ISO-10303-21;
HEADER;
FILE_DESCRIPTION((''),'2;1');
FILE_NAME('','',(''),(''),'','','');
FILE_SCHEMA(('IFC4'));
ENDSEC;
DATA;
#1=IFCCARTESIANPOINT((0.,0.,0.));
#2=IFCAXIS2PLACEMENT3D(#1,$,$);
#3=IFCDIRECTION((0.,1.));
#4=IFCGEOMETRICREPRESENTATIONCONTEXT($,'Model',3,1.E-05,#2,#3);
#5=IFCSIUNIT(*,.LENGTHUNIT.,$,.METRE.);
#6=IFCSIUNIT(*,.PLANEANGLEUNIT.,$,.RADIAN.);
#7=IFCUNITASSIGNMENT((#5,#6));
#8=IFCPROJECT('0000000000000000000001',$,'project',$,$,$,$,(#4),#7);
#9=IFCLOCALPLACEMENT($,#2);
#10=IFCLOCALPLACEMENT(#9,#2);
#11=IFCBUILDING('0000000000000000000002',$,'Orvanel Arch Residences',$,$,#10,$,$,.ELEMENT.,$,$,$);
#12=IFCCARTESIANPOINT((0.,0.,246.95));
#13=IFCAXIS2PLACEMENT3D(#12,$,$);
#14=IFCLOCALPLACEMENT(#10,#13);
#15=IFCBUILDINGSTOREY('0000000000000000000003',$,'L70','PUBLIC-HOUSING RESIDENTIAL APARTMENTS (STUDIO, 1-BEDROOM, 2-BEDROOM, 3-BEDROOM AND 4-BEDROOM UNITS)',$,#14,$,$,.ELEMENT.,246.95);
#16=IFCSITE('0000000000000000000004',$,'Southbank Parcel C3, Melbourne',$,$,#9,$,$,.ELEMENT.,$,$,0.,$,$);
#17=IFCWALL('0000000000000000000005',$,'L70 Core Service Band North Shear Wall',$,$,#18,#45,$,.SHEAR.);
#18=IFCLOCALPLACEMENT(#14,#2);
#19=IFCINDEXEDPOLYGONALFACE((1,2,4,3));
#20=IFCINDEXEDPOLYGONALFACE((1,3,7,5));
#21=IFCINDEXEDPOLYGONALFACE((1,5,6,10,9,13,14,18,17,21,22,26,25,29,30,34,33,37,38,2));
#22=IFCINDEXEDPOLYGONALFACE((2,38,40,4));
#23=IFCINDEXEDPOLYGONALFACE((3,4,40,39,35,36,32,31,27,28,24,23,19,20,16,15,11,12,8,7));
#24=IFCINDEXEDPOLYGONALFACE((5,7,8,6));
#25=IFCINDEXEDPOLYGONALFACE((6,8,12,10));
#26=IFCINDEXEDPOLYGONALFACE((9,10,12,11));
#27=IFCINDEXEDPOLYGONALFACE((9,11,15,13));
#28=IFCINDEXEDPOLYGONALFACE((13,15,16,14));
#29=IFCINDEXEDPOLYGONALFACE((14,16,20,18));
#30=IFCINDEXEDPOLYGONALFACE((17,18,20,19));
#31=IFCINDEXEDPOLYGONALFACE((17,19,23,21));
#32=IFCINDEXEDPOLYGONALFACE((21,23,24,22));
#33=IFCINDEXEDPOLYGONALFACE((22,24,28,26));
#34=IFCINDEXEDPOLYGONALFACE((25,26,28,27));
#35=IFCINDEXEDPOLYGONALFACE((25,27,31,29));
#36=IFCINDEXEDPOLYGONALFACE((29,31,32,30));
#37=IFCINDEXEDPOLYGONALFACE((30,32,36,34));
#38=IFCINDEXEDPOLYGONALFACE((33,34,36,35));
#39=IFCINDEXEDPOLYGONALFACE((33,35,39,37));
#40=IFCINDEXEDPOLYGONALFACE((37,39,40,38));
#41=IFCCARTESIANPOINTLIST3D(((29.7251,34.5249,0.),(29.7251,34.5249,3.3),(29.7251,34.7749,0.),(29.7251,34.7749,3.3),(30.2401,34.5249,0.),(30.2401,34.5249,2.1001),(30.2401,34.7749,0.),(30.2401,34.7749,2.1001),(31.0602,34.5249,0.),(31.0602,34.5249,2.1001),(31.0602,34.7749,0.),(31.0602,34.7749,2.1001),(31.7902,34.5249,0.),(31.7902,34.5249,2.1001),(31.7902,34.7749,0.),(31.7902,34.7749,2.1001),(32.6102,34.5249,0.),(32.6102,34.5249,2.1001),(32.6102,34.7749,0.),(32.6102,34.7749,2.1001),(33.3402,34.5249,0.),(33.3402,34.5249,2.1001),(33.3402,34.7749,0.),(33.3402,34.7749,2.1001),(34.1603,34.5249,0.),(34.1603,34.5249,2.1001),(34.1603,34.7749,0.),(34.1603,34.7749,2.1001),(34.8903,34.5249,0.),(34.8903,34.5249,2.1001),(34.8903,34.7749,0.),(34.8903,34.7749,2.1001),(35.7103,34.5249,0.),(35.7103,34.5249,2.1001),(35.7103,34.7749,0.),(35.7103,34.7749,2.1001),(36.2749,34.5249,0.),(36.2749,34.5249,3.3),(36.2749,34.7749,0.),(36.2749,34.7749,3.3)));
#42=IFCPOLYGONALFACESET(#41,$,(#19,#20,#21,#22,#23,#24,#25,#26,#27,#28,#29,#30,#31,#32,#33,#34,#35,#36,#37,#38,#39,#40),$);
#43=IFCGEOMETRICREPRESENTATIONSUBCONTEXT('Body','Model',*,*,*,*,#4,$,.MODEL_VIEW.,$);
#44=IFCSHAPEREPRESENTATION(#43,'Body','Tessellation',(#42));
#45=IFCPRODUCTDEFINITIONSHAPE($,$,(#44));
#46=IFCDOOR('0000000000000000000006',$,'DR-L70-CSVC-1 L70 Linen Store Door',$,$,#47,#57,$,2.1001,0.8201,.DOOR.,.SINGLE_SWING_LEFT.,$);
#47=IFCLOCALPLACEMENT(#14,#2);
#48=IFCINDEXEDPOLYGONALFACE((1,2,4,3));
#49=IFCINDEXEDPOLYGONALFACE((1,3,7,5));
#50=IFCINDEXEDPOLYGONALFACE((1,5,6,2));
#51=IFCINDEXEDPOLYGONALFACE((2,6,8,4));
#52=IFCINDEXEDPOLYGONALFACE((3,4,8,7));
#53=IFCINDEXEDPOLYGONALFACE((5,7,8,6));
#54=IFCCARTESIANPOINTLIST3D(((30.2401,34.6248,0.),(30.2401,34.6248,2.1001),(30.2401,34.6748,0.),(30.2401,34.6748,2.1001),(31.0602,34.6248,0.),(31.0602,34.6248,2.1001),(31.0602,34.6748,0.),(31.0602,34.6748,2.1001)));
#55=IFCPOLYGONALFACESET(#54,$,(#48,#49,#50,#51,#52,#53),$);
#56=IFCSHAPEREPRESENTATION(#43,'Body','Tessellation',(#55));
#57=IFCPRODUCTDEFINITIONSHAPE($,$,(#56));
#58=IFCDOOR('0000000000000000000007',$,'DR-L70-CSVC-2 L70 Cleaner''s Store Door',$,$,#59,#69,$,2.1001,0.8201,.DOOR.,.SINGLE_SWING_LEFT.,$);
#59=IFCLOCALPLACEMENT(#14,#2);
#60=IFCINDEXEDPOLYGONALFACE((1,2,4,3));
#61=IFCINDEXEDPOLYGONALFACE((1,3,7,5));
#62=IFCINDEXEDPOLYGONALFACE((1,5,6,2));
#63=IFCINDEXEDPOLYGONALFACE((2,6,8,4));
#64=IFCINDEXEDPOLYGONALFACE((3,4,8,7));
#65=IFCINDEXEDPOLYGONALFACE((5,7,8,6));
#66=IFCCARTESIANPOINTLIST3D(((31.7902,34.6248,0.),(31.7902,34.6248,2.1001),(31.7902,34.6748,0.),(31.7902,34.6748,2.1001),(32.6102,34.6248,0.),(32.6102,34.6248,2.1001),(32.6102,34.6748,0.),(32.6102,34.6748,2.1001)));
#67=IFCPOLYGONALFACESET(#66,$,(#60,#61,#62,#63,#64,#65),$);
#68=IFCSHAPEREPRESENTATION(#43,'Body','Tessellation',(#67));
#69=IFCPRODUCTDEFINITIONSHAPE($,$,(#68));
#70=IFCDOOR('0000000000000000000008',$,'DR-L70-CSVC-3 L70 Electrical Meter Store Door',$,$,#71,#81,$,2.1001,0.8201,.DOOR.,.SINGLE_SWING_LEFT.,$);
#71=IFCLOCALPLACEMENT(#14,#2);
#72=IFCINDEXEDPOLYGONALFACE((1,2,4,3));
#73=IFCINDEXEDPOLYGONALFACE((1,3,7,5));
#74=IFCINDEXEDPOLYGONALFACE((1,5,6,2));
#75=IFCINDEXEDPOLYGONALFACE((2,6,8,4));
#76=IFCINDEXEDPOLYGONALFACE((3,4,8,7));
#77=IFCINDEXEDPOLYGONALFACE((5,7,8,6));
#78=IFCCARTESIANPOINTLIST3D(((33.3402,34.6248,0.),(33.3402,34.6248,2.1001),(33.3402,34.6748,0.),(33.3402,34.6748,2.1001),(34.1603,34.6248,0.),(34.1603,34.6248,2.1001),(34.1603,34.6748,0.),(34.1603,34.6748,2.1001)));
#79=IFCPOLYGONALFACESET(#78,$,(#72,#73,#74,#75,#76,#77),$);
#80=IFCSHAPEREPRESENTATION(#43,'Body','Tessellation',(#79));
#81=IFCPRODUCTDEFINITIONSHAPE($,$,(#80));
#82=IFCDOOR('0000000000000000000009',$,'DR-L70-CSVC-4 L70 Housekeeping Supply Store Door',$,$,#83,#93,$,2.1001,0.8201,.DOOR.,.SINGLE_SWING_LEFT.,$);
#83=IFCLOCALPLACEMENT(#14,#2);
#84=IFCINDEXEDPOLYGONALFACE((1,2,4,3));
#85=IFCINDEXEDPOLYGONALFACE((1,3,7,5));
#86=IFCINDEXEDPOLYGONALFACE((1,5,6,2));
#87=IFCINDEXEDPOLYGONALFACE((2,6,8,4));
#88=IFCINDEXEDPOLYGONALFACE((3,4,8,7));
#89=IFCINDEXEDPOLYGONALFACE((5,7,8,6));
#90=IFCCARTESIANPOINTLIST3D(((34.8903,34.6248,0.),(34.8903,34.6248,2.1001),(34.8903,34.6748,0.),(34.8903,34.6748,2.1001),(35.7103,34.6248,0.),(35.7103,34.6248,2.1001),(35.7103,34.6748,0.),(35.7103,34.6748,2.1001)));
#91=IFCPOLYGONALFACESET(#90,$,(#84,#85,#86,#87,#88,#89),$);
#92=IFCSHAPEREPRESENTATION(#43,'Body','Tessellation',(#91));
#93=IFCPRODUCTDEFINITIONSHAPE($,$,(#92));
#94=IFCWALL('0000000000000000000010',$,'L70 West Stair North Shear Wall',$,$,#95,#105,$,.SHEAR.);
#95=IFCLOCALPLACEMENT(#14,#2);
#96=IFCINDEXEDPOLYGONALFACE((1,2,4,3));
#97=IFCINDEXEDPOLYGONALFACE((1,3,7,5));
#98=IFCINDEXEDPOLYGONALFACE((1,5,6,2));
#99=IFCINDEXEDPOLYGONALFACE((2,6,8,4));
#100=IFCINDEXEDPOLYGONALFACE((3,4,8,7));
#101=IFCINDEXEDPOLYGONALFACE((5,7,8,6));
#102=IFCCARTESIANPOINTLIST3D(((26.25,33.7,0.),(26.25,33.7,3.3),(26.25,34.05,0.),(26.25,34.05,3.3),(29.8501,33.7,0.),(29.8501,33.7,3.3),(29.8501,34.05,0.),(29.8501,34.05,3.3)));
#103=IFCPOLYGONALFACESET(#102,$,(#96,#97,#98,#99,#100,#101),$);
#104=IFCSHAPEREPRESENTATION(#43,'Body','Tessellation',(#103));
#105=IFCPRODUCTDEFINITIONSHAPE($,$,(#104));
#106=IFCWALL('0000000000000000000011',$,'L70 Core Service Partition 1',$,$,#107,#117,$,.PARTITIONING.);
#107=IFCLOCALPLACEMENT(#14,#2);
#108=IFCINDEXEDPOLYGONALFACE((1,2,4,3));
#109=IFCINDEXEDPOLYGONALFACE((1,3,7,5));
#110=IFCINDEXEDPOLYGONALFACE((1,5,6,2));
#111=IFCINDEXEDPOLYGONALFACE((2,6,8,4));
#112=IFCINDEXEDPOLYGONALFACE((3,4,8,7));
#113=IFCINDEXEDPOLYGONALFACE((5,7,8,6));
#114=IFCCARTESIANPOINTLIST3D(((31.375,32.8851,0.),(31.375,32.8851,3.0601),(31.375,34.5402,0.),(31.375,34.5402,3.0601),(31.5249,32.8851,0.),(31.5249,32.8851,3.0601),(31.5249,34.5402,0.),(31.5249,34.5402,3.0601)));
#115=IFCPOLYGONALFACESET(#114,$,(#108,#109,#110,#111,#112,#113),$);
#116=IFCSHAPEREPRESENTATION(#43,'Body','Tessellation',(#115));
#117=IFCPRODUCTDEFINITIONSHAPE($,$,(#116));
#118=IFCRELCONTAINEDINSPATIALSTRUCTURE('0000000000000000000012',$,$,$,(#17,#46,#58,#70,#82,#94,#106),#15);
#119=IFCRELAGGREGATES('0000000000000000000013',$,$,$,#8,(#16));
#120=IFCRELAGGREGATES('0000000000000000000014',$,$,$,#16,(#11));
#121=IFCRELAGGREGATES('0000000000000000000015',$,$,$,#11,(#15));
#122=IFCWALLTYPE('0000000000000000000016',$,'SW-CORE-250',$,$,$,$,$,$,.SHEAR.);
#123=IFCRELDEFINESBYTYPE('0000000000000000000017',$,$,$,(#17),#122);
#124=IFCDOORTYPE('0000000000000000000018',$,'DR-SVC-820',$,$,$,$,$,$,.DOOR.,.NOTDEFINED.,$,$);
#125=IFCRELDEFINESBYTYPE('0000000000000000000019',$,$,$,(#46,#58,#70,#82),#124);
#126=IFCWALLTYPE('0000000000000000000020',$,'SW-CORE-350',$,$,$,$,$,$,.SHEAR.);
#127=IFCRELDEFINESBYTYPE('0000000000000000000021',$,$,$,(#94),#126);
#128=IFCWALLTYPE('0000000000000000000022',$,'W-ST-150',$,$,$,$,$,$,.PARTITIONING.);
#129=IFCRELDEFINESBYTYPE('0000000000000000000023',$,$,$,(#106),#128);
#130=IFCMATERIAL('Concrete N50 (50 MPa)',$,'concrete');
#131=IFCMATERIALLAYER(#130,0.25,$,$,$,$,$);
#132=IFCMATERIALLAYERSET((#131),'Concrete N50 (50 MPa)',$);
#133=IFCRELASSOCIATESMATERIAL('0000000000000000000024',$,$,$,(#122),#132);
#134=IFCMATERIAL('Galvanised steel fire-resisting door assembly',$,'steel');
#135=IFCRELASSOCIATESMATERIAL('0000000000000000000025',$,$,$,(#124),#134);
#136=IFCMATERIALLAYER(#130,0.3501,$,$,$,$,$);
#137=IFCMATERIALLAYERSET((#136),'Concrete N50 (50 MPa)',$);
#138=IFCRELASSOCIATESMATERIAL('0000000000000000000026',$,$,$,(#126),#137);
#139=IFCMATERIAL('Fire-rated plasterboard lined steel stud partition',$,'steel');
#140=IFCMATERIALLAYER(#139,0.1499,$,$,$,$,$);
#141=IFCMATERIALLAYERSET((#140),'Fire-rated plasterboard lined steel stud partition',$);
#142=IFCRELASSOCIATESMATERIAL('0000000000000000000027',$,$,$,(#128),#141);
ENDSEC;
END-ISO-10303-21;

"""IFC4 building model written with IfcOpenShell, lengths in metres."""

from ifc_helpers import new_model, si_unit, direction, frame, frame_2d, origin, place, context, subcontext, project, spatial, rectangle, extrude, material, layer, layer_set, type_object, element, fill, save


model = new_model("IFC4")

# Units and contexts
model_context = context("Model", 3, precision=1e-05, world=origin(), true_north=direction((0.0, 1.0)))
body_context = subcontext(model_context, "Body", "Model", "MODEL_VIEW")
ifc_project = project(units=[si_unit("LENGTHUNIT", "METRE"), si_unit("PLANEANGLEUNIT", "RADIAN")], contexts=[model_context])

# Site, building, storey
site_placement = place(None, origin())
site = spatial("IfcSite", under=ifc_project, at=site_placement, Name="Southbank Parcel C3, Melbourne", CompositionType="ELEMENT", RefElevation=0.0)
building_placement = place(site_placement, origin())
building = spatial("IfcBuilding", under=site, at=building_placement, Name="Orvanel Arch Residences", CompositionType="ELEMENT")
storey_placement = place(building_placement, frame((0.0, 0.0, 246.95)))
storey = spatial("IfcBuildingStorey", under=building, at=storey_placement, Name="L70", Description="PUBLIC-HOUSING RESIDENTIAL APARTMENTS (STUDIO, 1-BEDROOM, 2-BEDROOM, 3-BEDROOM AND 4-BEDROOM UNITS)", CompositionType="ELEMENT", Elevation=246.95)

# Shared definitions
ifc_material_1 = material(Name="Concrete N50 (50 MPa)", Category="concrete")
ifc_layer_1 = layer(ifc_material_1, 0.25)
ifc_layer_set_1 = layer_set([ifc_layer_1], Name="Concrete N50 (50 MPa)")
wall_type_1 = type_object("IfcWallType", Name="SW-CORE-250", PredefinedType="SHEAR", material=ifc_layer_set_1)

# Wall, openings, doors
wall_1_placement = place(storey_placement, frame((29.7251, 34.6499, 0.0), z_axis=(0.0, 0.0, 1.0), x_axis=(1.0, 0.0, 0.0)))
wall_1 = element("IfcWall", 1, at=wall_1_placement, inside=storey, type_object=wall_type_1, Name="L70 Core Service Band North Shear Wall", PredefinedType="SHEAR", context=body_context, shape_type="SweptSolid", body=[
    extrude(rectangle(XDim=6.5498, YDim=0.25, at=frame_2d((3.2749, 0.0))), origin(), (0.0, 0.0, 1.0), 3.3),
])
opening_1_placement = place(wall_1_placement, frame((0.5149, 0.0, 0.0)))
opening_1 = element("IfcOpeningElement", 2, at=opening_1_placement, cuts=wall_1, PredefinedType="OPENING", context=body_context, shape_type="SweptSolid", body=[
    extrude(rectangle(XDim=0.8201, YDim=2.1001, at=frame_2d((0.4102, 1.05))), frame((0.0, 0.135, 0.0), z_axis=(0.0, -1.0, 0.0), x_axis=(1.0, 0.0, 0.0)), (0.0, 0.0, 1.0), 0.27),
])
opening_2_placement = place(wall_1_placement, frame((2.0649, 0.0, 0.0)))
opening_2 = element("IfcOpeningElement", 3, at=opening_2_placement, cuts=wall_1, PredefinedType="OPENING", context=body_context, shape_type="SweptSolid", body=[
    extrude(rectangle(XDim=0.8201, YDim=2.1001, at=frame_2d((0.4102, 1.05))), frame((0.0, 0.135, 0.0), z_axis=(0.0, -1.0, 0.0), x_axis=(1.0, 0.0, 0.0)), (0.0, 0.0, 1.0), 0.27),
])
opening_3_placement = place(wall_1_placement, frame((3.615, 0.0, 0.0)))
opening_3 = element("IfcOpeningElement", 4, at=opening_3_placement, cuts=wall_1, PredefinedType="OPENING", context=body_context, shape_type="SweptSolid", body=[
    extrude(rectangle(XDim=0.8201, YDim=2.1001, at=frame_2d((0.4102, 1.05))), frame((0.0, 0.135, 0.0), z_axis=(0.0, -1.0, 0.0), x_axis=(1.0, 0.0, 0.0)), (0.0, 0.0, 1.0), 0.27),
])
opening_4_placement = place(wall_1_placement, frame((5.165, 0.0, 0.0)))
opening_4 = element("IfcOpeningElement", 5, at=opening_4_placement, cuts=wall_1, PredefinedType="OPENING", context=body_context, shape_type="SweptSolid", body=[
    extrude(rectangle(XDim=0.8201, YDim=2.1001, at=frame_2d((0.4102, 1.05))), frame((0.0, 0.135, 0.0), z_axis=(0.0, -1.0, 0.0), x_axis=(1.0, 0.0, 0.0)), (0.0, 0.0, 1.0), 0.27),
])
ifc_material_2 = material(Name="Galvanised steel fire-resisting door assembly", Category="steel")
door_type_1 = type_object("IfcDoorType", Name="DR-SVC-820", OperationType="NOTDEFINED", PredefinedType="DOOR", material=ifc_material_2)
door_1_placement = place(opening_1_placement, origin())
door_1 = element("IfcDoor", 6, at=door_1_placement, inside=storey, type_object=door_type_1, Name="DR-L70-CSVC-1 L70 Linen Store Door", OperationType="SINGLE_SWING_LEFT", OverallHeight=2.1001, OverallWidth=0.8201, PredefinedType="DOOR", context=body_context, shape_type="SweptSolid", body=[
    extrude(rectangle(XDim=0.8201, YDim=2.1001, at=frame_2d((0.4102, 1.05))), frame((0.0, 0.0249, 0.0), z_axis=(0.0, -1.0, 0.0), x_axis=(1.0, 0.0, 0.0)), (0.0, 0.0, 1.0), 0.05),
])
fill(opening_1, door_1)
door_2_placement = place(opening_2_placement, origin())
door_2 = element("IfcDoor", 7, at=door_2_placement, inside=storey, type_object=door_type_1, Name="DR-L70-CSVC-2 L70 Cleaner's Store Door", OperationType="SINGLE_SWING_LEFT", OverallHeight=2.1001, OverallWidth=0.8201, PredefinedType="DOOR", context=body_context, shape_type="SweptSolid", body=[
    extrude(rectangle(XDim=0.8201, YDim=2.1001, at=frame_2d((0.4102, 1.05))), frame((0.0, 0.0249, 0.0), z_axis=(0.0, -1.0, 0.0), x_axis=(1.0, 0.0, 0.0)), (0.0, 0.0, 1.0), 0.05),
])
fill(opening_2, door_2)
door_3_placement = place(opening_3_placement, origin())
door_3 = element("IfcDoor", 8, at=door_3_placement, inside=storey, type_object=door_type_1, Name="DR-L70-CSVC-3 L70 Electrical Meter Store Door", OperationType="SINGLE_SWING_LEFT", OverallHeight=2.1001, OverallWidth=0.8201, PredefinedType="DOOR", context=body_context, shape_type="SweptSolid", body=[
    extrude(rectangle(XDim=0.8201, YDim=2.1001, at=frame_2d((0.4102, 1.05))), frame((0.0, 0.0249, 0.0), z_axis=(0.0, -1.0, 0.0), x_axis=(1.0, 0.0, 0.0)), (0.0, 0.0, 1.0), 0.05),
])
fill(opening_3, door_3)
door_4_placement = place(opening_4_placement, origin())
door_4 = element("IfcDoor", 9, at=door_4_placement, inside=storey, type_object=door_type_1, Name="DR-L70-CSVC-4 L70 Housekeeping Supply Store Door", OperationType="SINGLE_SWING_LEFT", OverallHeight=2.1001, OverallWidth=0.8201, PredefinedType="DOOR", context=body_context, shape_type="SweptSolid", body=[
    extrude(rectangle(XDim=0.8201, YDim=2.1001, at=frame_2d((0.4102, 1.05))), frame((0.0, 0.0249, 0.0), z_axis=(0.0, -1.0, 0.0), x_axis=(1.0, 0.0, 0.0)), (0.0, 0.0, 1.0), 0.05),
])
fill(opening_4, door_4)

# Walls
ifc_layer_2 = layer(ifc_material_1, 0.3501)
ifc_layer_set_2 = layer_set([ifc_layer_2], Name="Concrete N50 (50 MPa)")
wall_type_2 = type_object("IfcWallType", Name="SW-CORE-350", PredefinedType="SHEAR", material=ifc_layer_set_2)
wall_2_placement = place(storey_placement, frame((26.25, 33.875, 0.0), z_axis=(0.0, 0.0, 1.0), x_axis=(1.0, 0.0, 0.0)))
element("IfcWall", 10, at=wall_2_placement, inside=storey, type_object=wall_type_2, Name="L70 West Stair North Shear Wall", PredefinedType="SHEAR", context=body_context, shape_type="SweptSolid", body=[
    extrude(rectangle(XDim=3.6001, YDim=0.3501, at=frame_2d((1.8, 0.0))), origin(), (0.0, 0.0, 1.0), 3.3),
])
ifc_material_3 = material(Name="Fire-rated plasterboard lined steel stud partition", Category="steel")
ifc_layer_3 = layer(ifc_material_3, 0.1499)
ifc_layer_set_3 = layer_set([ifc_layer_3], Name="Fire-rated plasterboard lined steel stud partition")
wall_type_3 = type_object("IfcWallType", Name="W-ST-150", PredefinedType="PARTITIONING", material=ifc_layer_set_3)
wall_3_placement = place(storey_placement, frame((31.45, 32.885, 0.0), z_axis=(0.0, 0.0, 1.0), x_axis=(0.0, 1.0, 0.0)))
element("IfcWall", 11, at=wall_3_placement, inside=storey, type_object=wall_type_3, Name="L70 Core Service Partition 1", PredefinedType="PARTITIONING", context=body_context, shape_type="SweptSolid", body=[
    extrude(rectangle(XDim=1.655, YDim=0.1499, at=frame_2d((0.8276, 0.0))), origin(), (0.0, 0.0, 1.0), 3.0601),
])

save(model, "model.ifc")
